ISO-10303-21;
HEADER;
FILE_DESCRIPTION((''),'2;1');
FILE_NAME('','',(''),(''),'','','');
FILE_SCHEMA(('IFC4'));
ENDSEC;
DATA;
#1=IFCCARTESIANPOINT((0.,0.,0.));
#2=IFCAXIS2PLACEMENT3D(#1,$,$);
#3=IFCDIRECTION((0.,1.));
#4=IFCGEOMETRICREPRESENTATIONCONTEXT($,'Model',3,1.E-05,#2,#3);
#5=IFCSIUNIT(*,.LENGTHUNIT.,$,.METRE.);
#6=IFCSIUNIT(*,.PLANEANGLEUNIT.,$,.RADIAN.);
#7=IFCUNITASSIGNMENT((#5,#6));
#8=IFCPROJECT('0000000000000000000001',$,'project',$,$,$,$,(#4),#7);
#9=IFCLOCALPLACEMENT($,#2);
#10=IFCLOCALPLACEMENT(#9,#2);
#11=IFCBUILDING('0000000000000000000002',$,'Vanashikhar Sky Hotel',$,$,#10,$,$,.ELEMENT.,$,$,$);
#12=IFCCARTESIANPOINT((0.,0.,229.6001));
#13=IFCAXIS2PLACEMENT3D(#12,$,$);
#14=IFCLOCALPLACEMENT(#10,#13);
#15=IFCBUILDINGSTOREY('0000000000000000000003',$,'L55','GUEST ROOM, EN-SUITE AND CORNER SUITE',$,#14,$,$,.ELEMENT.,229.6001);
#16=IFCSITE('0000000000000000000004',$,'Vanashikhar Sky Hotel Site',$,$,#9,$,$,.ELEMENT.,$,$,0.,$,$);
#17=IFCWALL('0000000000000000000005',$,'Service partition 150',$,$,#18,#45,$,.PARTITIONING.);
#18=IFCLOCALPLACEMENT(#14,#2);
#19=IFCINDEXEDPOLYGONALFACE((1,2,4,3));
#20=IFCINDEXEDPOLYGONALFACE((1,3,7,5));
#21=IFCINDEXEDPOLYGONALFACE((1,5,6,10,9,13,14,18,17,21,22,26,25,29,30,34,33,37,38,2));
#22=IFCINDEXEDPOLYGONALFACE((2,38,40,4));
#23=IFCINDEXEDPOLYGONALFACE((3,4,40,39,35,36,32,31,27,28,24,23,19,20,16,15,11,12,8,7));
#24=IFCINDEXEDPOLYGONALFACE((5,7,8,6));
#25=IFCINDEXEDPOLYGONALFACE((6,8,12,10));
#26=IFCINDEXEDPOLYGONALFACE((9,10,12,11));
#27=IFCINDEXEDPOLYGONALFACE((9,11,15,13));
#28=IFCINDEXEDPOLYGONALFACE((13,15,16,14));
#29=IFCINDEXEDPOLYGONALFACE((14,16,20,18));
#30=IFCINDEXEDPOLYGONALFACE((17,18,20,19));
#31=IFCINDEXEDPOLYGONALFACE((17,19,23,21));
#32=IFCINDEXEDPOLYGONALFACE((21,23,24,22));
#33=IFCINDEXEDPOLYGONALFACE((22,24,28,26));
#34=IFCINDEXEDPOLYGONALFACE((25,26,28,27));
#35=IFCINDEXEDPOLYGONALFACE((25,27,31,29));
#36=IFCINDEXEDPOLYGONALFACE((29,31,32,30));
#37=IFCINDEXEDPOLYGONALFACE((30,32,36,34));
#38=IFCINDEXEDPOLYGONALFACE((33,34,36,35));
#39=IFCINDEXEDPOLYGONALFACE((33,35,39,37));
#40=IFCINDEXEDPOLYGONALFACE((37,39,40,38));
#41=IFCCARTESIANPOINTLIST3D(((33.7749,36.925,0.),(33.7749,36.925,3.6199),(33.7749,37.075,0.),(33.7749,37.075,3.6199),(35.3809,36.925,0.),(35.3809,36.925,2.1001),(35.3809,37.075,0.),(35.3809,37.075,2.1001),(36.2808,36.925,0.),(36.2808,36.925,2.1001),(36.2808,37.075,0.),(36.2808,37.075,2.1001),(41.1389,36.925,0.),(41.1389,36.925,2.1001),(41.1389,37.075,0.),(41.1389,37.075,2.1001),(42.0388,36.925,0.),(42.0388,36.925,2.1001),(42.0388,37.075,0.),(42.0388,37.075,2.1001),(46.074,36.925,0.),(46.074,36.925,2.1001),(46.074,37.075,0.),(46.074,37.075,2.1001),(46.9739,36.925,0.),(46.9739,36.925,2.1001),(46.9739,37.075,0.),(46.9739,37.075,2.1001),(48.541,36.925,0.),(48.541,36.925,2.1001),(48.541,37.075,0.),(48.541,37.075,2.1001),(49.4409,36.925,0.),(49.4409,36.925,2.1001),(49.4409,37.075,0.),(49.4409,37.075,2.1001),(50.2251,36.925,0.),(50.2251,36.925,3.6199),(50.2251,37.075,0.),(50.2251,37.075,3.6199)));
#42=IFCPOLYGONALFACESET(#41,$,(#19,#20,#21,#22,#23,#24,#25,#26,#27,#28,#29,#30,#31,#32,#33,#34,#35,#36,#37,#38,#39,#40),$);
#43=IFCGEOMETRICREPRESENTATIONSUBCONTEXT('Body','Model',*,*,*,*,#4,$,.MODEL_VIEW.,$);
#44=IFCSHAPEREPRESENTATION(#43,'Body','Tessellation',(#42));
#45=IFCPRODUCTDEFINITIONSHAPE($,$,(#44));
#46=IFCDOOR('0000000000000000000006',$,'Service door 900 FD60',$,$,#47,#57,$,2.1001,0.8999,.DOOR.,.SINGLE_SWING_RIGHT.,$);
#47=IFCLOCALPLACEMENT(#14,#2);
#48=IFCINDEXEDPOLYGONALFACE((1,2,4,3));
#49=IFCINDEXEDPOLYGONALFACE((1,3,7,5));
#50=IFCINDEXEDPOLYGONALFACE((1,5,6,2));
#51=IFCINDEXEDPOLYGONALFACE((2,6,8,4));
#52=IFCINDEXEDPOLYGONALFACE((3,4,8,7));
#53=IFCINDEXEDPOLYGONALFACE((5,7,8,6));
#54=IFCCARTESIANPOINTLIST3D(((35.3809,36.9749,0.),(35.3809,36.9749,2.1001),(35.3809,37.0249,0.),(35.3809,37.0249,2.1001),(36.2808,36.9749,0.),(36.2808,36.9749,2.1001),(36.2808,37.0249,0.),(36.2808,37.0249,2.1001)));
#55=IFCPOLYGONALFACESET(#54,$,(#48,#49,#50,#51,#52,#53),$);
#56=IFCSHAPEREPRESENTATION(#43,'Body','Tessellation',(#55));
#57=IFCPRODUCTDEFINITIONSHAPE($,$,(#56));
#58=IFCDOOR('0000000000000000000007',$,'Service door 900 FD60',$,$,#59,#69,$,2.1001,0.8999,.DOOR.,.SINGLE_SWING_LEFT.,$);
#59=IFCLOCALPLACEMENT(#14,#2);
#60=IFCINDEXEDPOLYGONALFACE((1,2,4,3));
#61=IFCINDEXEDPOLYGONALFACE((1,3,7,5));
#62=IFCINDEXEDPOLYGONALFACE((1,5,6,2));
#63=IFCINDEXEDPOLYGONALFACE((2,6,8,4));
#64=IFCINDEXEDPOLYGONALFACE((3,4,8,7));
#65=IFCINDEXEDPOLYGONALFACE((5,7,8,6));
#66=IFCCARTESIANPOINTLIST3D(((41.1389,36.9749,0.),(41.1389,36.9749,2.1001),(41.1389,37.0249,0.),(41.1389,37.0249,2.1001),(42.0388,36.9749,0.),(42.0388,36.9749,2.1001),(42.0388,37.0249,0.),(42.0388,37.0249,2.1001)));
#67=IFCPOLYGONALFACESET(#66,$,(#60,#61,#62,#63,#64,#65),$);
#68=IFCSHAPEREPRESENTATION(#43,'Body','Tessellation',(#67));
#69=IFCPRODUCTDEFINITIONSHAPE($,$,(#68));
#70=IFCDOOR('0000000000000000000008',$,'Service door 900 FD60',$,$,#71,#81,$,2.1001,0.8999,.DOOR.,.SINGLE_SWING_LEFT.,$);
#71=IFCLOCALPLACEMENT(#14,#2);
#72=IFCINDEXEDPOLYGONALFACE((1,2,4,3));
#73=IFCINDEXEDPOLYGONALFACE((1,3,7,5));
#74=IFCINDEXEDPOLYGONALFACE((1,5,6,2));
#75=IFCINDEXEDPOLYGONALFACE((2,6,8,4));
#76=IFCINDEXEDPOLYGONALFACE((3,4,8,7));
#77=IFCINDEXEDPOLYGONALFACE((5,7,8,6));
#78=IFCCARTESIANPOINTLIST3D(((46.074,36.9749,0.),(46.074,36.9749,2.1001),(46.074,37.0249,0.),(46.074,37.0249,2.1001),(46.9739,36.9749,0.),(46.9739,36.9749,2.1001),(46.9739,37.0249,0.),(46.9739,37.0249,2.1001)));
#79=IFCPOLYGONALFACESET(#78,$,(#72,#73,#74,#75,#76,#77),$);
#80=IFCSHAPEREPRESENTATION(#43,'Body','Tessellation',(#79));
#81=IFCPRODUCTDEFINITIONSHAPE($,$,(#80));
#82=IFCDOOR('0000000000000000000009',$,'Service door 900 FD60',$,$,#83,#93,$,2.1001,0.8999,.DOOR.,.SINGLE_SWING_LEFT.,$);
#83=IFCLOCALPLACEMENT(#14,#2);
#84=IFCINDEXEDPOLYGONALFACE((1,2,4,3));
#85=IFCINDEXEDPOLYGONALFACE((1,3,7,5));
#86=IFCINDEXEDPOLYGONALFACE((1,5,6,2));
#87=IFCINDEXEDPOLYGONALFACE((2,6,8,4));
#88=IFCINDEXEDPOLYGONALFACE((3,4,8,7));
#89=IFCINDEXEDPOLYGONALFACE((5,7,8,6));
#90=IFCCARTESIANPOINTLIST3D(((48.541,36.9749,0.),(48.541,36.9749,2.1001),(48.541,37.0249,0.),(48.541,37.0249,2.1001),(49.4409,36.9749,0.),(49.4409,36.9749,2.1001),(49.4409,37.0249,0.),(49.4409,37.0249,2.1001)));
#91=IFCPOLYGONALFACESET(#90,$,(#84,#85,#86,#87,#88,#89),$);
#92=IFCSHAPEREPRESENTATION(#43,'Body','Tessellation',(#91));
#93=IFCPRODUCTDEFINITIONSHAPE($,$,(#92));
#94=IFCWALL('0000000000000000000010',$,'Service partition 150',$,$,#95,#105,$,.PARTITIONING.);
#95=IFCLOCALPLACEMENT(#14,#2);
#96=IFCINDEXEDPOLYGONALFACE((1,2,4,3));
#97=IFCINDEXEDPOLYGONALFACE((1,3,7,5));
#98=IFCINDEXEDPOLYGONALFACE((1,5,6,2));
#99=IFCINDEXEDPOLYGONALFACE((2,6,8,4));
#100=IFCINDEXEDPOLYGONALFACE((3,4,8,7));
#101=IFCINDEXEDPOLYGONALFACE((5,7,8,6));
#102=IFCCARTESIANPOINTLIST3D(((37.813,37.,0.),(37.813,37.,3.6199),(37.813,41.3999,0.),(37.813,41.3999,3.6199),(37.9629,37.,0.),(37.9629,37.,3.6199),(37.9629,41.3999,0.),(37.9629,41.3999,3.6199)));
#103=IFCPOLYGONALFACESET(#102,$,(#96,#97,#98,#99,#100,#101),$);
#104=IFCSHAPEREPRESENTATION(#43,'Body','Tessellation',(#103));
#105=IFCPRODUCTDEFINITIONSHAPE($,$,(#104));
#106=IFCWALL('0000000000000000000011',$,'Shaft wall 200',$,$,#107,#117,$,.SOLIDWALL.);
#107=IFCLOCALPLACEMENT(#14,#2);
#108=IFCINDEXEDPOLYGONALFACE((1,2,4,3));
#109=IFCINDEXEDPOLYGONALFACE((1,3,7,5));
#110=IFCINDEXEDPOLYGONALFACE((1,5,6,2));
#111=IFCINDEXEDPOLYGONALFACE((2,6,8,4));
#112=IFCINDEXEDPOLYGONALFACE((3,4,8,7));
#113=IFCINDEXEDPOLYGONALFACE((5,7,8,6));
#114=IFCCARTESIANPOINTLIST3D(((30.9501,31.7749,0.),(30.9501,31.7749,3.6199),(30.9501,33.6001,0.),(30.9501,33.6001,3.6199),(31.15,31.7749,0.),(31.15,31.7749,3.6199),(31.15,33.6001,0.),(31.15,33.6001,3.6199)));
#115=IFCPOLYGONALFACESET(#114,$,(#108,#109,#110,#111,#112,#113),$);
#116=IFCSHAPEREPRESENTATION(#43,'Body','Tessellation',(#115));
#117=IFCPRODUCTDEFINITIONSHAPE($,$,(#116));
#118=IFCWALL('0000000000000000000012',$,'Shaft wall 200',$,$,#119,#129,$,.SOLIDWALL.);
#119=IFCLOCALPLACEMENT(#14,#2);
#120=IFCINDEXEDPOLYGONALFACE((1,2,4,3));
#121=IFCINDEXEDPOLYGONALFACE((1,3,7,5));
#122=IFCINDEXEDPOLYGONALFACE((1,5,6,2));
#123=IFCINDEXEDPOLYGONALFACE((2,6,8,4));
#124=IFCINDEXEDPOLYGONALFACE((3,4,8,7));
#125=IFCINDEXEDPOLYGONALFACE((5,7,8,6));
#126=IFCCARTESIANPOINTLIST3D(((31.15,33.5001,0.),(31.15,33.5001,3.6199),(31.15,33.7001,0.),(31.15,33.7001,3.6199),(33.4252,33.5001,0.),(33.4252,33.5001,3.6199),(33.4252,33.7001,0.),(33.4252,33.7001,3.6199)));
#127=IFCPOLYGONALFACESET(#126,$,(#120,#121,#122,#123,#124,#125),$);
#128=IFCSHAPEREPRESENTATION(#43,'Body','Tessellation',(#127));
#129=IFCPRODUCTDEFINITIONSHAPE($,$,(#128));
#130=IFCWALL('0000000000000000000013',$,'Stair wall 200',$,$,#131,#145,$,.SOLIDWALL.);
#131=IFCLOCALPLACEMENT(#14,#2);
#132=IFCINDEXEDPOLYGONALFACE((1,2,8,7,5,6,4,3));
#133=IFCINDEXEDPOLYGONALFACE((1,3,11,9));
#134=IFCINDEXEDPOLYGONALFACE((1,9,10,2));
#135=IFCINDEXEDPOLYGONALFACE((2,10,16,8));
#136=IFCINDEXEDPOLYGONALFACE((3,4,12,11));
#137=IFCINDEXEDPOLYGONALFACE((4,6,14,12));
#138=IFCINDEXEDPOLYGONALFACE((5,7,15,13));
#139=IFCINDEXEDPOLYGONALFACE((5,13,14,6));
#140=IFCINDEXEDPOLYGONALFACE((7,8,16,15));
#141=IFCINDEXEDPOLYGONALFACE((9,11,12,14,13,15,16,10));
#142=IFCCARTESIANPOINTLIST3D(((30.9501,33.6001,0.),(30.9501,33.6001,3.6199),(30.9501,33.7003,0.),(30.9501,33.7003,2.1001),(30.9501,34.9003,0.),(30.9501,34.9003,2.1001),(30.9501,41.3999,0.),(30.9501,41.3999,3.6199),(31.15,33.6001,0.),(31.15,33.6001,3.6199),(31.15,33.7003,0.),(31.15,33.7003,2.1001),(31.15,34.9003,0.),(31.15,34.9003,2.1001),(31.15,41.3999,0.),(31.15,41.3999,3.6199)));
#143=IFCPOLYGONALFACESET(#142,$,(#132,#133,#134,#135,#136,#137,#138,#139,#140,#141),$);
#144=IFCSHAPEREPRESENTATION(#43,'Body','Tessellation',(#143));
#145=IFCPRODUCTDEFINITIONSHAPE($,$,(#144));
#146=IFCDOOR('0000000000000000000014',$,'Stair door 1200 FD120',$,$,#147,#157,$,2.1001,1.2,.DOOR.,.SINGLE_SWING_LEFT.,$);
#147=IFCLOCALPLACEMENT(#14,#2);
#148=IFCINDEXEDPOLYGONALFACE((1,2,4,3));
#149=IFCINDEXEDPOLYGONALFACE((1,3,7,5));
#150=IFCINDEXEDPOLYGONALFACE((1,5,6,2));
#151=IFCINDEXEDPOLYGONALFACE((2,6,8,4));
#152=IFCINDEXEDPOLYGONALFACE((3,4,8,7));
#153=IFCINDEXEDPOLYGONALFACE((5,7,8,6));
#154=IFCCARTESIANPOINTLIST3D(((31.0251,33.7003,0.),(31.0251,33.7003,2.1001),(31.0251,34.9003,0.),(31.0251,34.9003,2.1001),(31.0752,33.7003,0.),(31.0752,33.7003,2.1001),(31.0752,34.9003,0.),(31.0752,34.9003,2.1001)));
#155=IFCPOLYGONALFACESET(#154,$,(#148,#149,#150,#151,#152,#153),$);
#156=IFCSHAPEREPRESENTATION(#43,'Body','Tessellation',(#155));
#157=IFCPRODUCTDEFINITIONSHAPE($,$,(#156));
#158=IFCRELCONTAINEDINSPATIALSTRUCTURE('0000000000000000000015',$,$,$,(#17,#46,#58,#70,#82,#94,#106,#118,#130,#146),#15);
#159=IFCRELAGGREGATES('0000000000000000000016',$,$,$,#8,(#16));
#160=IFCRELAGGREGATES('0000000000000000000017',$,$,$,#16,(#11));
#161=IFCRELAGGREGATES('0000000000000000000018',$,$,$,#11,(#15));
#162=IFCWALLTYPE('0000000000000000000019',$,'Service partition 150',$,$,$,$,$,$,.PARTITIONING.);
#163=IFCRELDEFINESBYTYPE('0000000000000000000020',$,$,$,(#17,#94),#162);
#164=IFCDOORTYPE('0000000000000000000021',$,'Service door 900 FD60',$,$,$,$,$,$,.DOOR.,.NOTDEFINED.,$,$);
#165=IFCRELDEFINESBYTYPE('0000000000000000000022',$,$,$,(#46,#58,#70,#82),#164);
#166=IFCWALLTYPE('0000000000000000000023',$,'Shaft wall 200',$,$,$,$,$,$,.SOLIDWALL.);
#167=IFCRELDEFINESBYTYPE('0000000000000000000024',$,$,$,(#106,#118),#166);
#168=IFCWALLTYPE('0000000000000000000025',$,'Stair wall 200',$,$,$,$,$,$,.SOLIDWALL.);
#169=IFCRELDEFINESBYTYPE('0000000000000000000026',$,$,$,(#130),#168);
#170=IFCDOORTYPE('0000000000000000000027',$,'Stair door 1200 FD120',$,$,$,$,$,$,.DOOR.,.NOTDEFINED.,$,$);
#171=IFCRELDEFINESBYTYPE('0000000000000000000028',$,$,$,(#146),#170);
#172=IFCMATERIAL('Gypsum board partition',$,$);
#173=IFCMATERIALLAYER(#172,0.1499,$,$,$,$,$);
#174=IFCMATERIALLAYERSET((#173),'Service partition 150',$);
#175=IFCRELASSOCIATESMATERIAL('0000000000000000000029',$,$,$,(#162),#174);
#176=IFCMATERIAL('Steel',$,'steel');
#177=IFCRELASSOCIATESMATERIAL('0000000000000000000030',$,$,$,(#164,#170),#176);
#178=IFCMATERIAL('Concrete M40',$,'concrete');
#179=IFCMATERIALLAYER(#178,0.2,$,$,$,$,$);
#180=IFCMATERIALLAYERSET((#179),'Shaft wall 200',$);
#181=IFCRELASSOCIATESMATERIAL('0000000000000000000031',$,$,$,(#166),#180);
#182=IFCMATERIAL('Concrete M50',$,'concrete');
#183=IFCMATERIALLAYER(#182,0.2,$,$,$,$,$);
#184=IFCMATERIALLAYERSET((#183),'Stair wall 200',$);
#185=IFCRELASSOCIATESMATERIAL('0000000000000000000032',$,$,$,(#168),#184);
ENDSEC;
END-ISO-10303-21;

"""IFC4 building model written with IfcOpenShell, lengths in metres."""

from ifc_helpers import new_model, si_unit, direction, frame, frame_2d, origin, place, context, subcontext, project, spatial, rectangle, extrude, source, transform, mapped, material, layer, layer_set, type_object, element, fill, save


model = new_model("IFC4")

# Units and contexts
model_context = context("Model", 3, precision=1e-05, world=origin(), true_north=direction((0.0, 1.0)))
body_context = subcontext(model_context, "Body", "Model", "MODEL_VIEW")
ifc_project = project(units=[si_unit("LENGTHUNIT", "METRE"), si_unit("PLANEANGLEUNIT", "RADIAN")], contexts=[model_context])

# Site, building, storey
site_placement = place(None, origin())
site = spatial("IfcSite", under=ifc_project, at=site_placement, Name="Vanashikhar Sky Hotel Site", CompositionType="ELEMENT", RefElevation=0.0)
building_placement = place(site_placement, origin())
building = spatial("IfcBuilding", under=site, at=building_placement, Name="Vanashikhar Sky Hotel", CompositionType="ELEMENT")
storey_placement = place(building_placement, frame((0.0, 0.0, 229.6001)))
storey = spatial("IfcBuildingStorey", under=building, at=storey_placement, Name="L55", Description="GUEST ROOM, EN-SUITE AND CORNER SUITE", CompositionType="ELEMENT", Elevation=229.6001)

# Shared definitions
ifc_material_1 = material(Name="Steel", Category="steel")

# Shared definitions
ifc_material_2 = material(Name="Gypsum board partition")
ifc_layer_1 = layer(ifc_material_2, 0.1499)
ifc_layer_set_1 = layer_set([ifc_layer_1], Name="Service partition 150")
wall_type_1 = type_object("IfcWallType", Name="Service partition 150", PredefinedType="PARTITIONING", material=ifc_layer_set_1)

# Wall, openings, doors
shared_shape_1 = source(origin(), body_context, "Body", "SweptSolid", [
    extrude(rectangle(XDim=0.8999, YDim=2.1001, at=frame_2d((0.45, 1.05))), frame((0.0, 0.085, 0.0), z_axis=(0.0, -1.0, 0.0), x_axis=(1.0, 0.0, 0.0)), (0.0, 0.0, 1.0), 0.1699),
])
door_type_1 = type_object("IfcDoorType", Name="Service door 900 FD60", OperationType="NOTDEFINED", PredefinedType="DOOR", material=ifc_material_1)
shared_shape_2 = source(origin(), body_context, "Body", "SweptSolid", [
    extrude(rectangle(XDim=0.8999, YDim=2.1001, at=frame_2d((0.45, 1.05))), frame((0.0, 0.0249, 0.0), z_axis=(0.0, -1.0, 0.0), x_axis=(1.0, 0.0, 0.0)), (0.0, 0.0, 1.0), 0.05),
])
shared_shape_3 = source(origin(), body_context, "Body", "SweptSolid", [
    extrude(rectangle(XDim=16.4502, YDim=0.1499, at=frame_2d((8.2251, 0.0))), origin(), (0.0, 0.0, 1.0), 3.6199),
])
wall_1_placement = place(storey_placement, frame((33.7749, 37.0, 0.0), z_axis=(0.0, 0.0, 1.0), x_axis=(1.0, 0.0, 0.0)))
wall_1 = element("IfcWall", 1, at=wall_1_placement, inside=storey, type_object=wall_type_1, Name="Service partition 150", PredefinedType="PARTITIONING", context=body_context, shape_type="MappedRepresentation", body=[
    mapped(shared_shape_3, transform((0.0, 0.0, 0.0), scale=1.0)),
])
opening_1_placement = place(wall_1_placement, frame((1.606, 0.0, 0.0)))
opening_1 = element("IfcOpeningElement", 2, at=opening_1_placement, cuts=wall_1, PredefinedType="OPENING", context=body_context, shape_type="MappedRepresentation", body=[
    mapped(shared_shape_1, transform((0.0, 0.0, 0.0), scale=1.0)),
])
opening_2_placement = place(wall_1_placement, frame((7.364, 0.0, 0.0)))
opening_2 = element("IfcOpeningElement", 3, at=opening_2_placement, cuts=wall_1, PredefinedType="OPENING", context=body_context, shape_type="MappedRepresentation", body=[
    mapped(shared_shape_1, transform((0.0, 0.0, 0.0), scale=1.0)),
])
opening_3_placement = place(wall_1_placement, frame((12.2991, 0.0, 0.0)))
opening_3 = element("IfcOpeningElement", 4, at=opening_3_placement, cuts=wall_1, PredefinedType="OPENING", context=body_context, shape_type="MappedRepresentation", body=[
    mapped(shared_shape_1, transform((0.0, 0.0, 0.0), scale=1.0)),
])
opening_4_placement = place(wall_1_placement, frame((14.7661, 0.0, 0.0)))
opening_4 = element("IfcOpeningElement", 5, at=opening_4_placement, cuts=wall_1, PredefinedType="OPENING", context=body_context, shape_type="MappedRepresentation", body=[
    mapped(shared_shape_1, transform((0.0, 0.0, 0.0), scale=1.0)),
])
door_1_placement = place(opening_1_placement, origin())
door_1 = element("IfcDoor", 6, at=door_1_placement, inside=storey, type_object=door_type_1, Name="Service door 900 FD60", OperationType="SINGLE_SWING_RIGHT", OverallHeight=2.1001, OverallWidth=0.8999, PredefinedType="DOOR", context=body_context, shape_type="MappedRepresentation", body=[
    mapped(shared_shape_2, transform((0.0, 0.0, 0.0), scale=1.0)),
])
fill(opening_1, door_1)
door_2_placement = place(opening_2_placement, origin())
door_2 = element("IfcDoor", 7, at=door_2_placement, inside=storey, type_object=door_type_1, Name="Service door 900 FD60", OperationType="SINGLE_SWING_LEFT", OverallHeight=2.1001, OverallWidth=0.8999, PredefinedType="DOOR", context=body_context, shape_type="MappedRepresentation", body=[
    mapped(shared_shape_2, transform((0.0, 0.0, 0.0), scale=1.0)),
])
fill(opening_2, door_2)
door_3_placement = place(opening_3_placement, origin())
door_3 = element("IfcDoor", 8, at=door_3_placement, inside=storey, type_object=door_type_1, Name="Service door 900 FD60", OperationType="SINGLE_SWING_LEFT", OverallHeight=2.1001, OverallWidth=0.8999, PredefinedType="DOOR", context=body_context, shape_type="MappedRepresentation", body=[
    mapped(shared_shape_2, transform((0.0, 0.0, 0.0), scale=1.0)),
])
fill(opening_3, door_3)
door_4_placement = place(opening_4_placement, origin())
door_4 = element("IfcDoor", 9, at=door_4_placement, inside=storey, type_object=door_type_1, Name="Service door 900 FD60", OperationType="SINGLE_SWING_LEFT", OverallHeight=2.1001, OverallWidth=0.8999, PredefinedType="DOOR", context=body_context, shape_type="MappedRepresentation", body=[
    mapped(shared_shape_2, transform((0.0, 0.0, 0.0), scale=1.0)),
])
fill(opening_4, door_4)

# Walls
shared_shape_4 = source(origin(), body_context, "Body", "SweptSolid", [
    extrude(rectangle(XDim=4.3999, YDim=0.1499, at=frame_2d((2.2, 0.0))), origin(), (0.0, 0.0, 1.0), 3.6199),
])
wall_2_placement = place(storey_placement, frame((37.8879, 37.0, 0.0), z_axis=(0.0, 0.0, 1.0), x_axis=(0.0, 1.0, 0.0)))
element("IfcWall", 10, at=wall_2_placement, inside=storey, type_object=wall_type_1, Name="Service partition 150", PredefinedType="PARTITIONING", context=body_context, shape_type="MappedRepresentation", body=[
    mapped(shared_shape_4, transform((0.0, 0.0, 0.0), scale=1.0)),
])
ifc_material_3 = material(Name="Concrete M40", Category="concrete")
ifc_layer_2 = layer(ifc_material_3, 0.2)
ifc_layer_set_2 = layer_set([ifc_layer_2], Name="Shaft wall 200")
wall_type_2 = type_object("IfcWallType", Name="Shaft wall 200", PredefinedType="SOLIDWALL", material=ifc_layer_set_2)
shared_shape_5 = source(origin(), body_context, "Body", "SweptSolid", [
    extrude(rectangle(XDim=1.8252, YDim=0.2, at=frame_2d((0.9126, 0.0))), origin(), (0.0, 0.0, 1.0), 3.6199),
])
wall_3_placement = place(storey_placement, frame((31.05, 31.7749, 0.0), z_axis=(0.0, 0.0, 1.0), x_axis=(0.0, 1.0, 0.0)))
element("IfcWall", 11, at=wall_3_placement, inside=storey, type_object=wall_type_2, Name="Shaft wall 200", PredefinedType="SOLIDWALL", context=body_context, shape_type="MappedRepresentation", body=[
    mapped(shared_shape_5, transform((0.0, 0.0, 0.0), scale=1.0)),
])
shared_shape_6 = source(origin(), body_context, "Body", "SweptSolid", [
    extrude(rectangle(XDim=2.2751, YDim=0.2, at=frame_2d((1.1377, 0.0))), origin(), (0.0, 0.0, 1.0), 3.6199),
])
wall_4_placement = place(storey_placement, frame((31.1499, 33.6001, 0.0), z_axis=(0.0, 0.0, 1.0), x_axis=(1.0, 0.0, 0.0)))
element("IfcWall", 12, at=wall_4_placement, inside=storey, type_object=wall_type_2, Name="Shaft wall 200", PredefinedType="SOLIDWALL", context=body_context, shape_type="MappedRepresentation", body=[
    mapped(shared_shape_6, transform((0.0, 0.0, 0.0), scale=1.0)),
])

# Wall, opening, door
ifc_material_4 = material(Name="Concrete M50", Category="concrete")
ifc_layer_3 = layer(ifc_material_4, 0.2)
ifc_layer_set_3 = layer_set([ifc_layer_3], Name="Stair wall 200")
wall_type_3 = type_object("IfcWallType", Name="Stair wall 200", PredefinedType="SOLIDWALL", material=ifc_layer_set_3)
shared_shape_7 = source(origin(), body_context, "Body", "SweptSolid", [
    extrude(rectangle(XDim=7.7998, YDim=0.2, at=frame_2d((3.8999, 0.0))), origin(), (0.0, 0.0, 1.0), 3.6199),
])
wall_5_placement = place(storey_placement, frame((31.05, 33.6001, 0.0), z_axis=(0.0, 0.0, 1.0), x_axis=(0.0, 1.0, 0.0)))
wall_5 = element("IfcWall", 13, at=wall_5_placement, inside=storey, type_object=wall_type_3, Name="Stair wall 200", PredefinedType="SOLIDWALL", context=body_context, shape_type="MappedRepresentation", body=[
    mapped(shared_shape_7, transform((0.0, 0.0, 0.0), scale=1.0)),
])
shared_shape_8 = source(origin(), body_context, "Body", "SweptSolid", [
    extrude(rectangle(XDim=1.2, YDim=2.1001, at=frame_2d((0.6001, 1.05))), frame((0.0, 0.1099, 0.0), z_axis=(0.0, -1.0, 0.0), x_axis=(1.0, 0.0, 0.0)), (0.0, 0.0, 1.0), 0.22),
])
opening_5_placement = place(wall_5_placement, frame((0.1001, 0.0, 0.0)))
opening_5 = element("IfcOpeningElement", 14, at=opening_5_placement, cuts=wall_5, PredefinedType="OPENING", context=body_context, shape_type="MappedRepresentation", body=[
    mapped(shared_shape_8, transform((0.0, 0.0, 0.0), scale=1.0)),
])
door_type_2 = type_object("IfcDoorType", Name="Stair door 1200 FD120", OperationType="NOTDEFINED", PredefinedType="DOOR", material=ifc_material_1)
shared_shape_9 = source(origin(), body_context, "Body", "SweptSolid", [
    extrude(rectangle(XDim=1.2, YDim=2.1001, at=frame_2d((0.6001, 1.05))), frame((0.0, 0.0249, 0.0), z_axis=(0.0, -1.0, 0.0), x_axis=(1.0, 0.0, 0.0)), (0.0, 0.0, 1.0), 0.05),
])
door_5_placement = place(opening_5_placement, origin())
door_5 = element("IfcDoor", 15, at=door_5_placement, inside=storey, type_object=door_type_2, Name="Stair door 1200 FD120", OperationType="SINGLE_SWING_LEFT", OverallHeight=2.1001, OverallWidth=1.2, PredefinedType="DOOR", context=body_context, shape_type="MappedRepresentation", body=[
    mapped(shared_shape_9, transform((0.0, 0.0, 0.0), scale=1.0)),
])
fill(opening_5, door_5)

save(model, "model.ifc")
